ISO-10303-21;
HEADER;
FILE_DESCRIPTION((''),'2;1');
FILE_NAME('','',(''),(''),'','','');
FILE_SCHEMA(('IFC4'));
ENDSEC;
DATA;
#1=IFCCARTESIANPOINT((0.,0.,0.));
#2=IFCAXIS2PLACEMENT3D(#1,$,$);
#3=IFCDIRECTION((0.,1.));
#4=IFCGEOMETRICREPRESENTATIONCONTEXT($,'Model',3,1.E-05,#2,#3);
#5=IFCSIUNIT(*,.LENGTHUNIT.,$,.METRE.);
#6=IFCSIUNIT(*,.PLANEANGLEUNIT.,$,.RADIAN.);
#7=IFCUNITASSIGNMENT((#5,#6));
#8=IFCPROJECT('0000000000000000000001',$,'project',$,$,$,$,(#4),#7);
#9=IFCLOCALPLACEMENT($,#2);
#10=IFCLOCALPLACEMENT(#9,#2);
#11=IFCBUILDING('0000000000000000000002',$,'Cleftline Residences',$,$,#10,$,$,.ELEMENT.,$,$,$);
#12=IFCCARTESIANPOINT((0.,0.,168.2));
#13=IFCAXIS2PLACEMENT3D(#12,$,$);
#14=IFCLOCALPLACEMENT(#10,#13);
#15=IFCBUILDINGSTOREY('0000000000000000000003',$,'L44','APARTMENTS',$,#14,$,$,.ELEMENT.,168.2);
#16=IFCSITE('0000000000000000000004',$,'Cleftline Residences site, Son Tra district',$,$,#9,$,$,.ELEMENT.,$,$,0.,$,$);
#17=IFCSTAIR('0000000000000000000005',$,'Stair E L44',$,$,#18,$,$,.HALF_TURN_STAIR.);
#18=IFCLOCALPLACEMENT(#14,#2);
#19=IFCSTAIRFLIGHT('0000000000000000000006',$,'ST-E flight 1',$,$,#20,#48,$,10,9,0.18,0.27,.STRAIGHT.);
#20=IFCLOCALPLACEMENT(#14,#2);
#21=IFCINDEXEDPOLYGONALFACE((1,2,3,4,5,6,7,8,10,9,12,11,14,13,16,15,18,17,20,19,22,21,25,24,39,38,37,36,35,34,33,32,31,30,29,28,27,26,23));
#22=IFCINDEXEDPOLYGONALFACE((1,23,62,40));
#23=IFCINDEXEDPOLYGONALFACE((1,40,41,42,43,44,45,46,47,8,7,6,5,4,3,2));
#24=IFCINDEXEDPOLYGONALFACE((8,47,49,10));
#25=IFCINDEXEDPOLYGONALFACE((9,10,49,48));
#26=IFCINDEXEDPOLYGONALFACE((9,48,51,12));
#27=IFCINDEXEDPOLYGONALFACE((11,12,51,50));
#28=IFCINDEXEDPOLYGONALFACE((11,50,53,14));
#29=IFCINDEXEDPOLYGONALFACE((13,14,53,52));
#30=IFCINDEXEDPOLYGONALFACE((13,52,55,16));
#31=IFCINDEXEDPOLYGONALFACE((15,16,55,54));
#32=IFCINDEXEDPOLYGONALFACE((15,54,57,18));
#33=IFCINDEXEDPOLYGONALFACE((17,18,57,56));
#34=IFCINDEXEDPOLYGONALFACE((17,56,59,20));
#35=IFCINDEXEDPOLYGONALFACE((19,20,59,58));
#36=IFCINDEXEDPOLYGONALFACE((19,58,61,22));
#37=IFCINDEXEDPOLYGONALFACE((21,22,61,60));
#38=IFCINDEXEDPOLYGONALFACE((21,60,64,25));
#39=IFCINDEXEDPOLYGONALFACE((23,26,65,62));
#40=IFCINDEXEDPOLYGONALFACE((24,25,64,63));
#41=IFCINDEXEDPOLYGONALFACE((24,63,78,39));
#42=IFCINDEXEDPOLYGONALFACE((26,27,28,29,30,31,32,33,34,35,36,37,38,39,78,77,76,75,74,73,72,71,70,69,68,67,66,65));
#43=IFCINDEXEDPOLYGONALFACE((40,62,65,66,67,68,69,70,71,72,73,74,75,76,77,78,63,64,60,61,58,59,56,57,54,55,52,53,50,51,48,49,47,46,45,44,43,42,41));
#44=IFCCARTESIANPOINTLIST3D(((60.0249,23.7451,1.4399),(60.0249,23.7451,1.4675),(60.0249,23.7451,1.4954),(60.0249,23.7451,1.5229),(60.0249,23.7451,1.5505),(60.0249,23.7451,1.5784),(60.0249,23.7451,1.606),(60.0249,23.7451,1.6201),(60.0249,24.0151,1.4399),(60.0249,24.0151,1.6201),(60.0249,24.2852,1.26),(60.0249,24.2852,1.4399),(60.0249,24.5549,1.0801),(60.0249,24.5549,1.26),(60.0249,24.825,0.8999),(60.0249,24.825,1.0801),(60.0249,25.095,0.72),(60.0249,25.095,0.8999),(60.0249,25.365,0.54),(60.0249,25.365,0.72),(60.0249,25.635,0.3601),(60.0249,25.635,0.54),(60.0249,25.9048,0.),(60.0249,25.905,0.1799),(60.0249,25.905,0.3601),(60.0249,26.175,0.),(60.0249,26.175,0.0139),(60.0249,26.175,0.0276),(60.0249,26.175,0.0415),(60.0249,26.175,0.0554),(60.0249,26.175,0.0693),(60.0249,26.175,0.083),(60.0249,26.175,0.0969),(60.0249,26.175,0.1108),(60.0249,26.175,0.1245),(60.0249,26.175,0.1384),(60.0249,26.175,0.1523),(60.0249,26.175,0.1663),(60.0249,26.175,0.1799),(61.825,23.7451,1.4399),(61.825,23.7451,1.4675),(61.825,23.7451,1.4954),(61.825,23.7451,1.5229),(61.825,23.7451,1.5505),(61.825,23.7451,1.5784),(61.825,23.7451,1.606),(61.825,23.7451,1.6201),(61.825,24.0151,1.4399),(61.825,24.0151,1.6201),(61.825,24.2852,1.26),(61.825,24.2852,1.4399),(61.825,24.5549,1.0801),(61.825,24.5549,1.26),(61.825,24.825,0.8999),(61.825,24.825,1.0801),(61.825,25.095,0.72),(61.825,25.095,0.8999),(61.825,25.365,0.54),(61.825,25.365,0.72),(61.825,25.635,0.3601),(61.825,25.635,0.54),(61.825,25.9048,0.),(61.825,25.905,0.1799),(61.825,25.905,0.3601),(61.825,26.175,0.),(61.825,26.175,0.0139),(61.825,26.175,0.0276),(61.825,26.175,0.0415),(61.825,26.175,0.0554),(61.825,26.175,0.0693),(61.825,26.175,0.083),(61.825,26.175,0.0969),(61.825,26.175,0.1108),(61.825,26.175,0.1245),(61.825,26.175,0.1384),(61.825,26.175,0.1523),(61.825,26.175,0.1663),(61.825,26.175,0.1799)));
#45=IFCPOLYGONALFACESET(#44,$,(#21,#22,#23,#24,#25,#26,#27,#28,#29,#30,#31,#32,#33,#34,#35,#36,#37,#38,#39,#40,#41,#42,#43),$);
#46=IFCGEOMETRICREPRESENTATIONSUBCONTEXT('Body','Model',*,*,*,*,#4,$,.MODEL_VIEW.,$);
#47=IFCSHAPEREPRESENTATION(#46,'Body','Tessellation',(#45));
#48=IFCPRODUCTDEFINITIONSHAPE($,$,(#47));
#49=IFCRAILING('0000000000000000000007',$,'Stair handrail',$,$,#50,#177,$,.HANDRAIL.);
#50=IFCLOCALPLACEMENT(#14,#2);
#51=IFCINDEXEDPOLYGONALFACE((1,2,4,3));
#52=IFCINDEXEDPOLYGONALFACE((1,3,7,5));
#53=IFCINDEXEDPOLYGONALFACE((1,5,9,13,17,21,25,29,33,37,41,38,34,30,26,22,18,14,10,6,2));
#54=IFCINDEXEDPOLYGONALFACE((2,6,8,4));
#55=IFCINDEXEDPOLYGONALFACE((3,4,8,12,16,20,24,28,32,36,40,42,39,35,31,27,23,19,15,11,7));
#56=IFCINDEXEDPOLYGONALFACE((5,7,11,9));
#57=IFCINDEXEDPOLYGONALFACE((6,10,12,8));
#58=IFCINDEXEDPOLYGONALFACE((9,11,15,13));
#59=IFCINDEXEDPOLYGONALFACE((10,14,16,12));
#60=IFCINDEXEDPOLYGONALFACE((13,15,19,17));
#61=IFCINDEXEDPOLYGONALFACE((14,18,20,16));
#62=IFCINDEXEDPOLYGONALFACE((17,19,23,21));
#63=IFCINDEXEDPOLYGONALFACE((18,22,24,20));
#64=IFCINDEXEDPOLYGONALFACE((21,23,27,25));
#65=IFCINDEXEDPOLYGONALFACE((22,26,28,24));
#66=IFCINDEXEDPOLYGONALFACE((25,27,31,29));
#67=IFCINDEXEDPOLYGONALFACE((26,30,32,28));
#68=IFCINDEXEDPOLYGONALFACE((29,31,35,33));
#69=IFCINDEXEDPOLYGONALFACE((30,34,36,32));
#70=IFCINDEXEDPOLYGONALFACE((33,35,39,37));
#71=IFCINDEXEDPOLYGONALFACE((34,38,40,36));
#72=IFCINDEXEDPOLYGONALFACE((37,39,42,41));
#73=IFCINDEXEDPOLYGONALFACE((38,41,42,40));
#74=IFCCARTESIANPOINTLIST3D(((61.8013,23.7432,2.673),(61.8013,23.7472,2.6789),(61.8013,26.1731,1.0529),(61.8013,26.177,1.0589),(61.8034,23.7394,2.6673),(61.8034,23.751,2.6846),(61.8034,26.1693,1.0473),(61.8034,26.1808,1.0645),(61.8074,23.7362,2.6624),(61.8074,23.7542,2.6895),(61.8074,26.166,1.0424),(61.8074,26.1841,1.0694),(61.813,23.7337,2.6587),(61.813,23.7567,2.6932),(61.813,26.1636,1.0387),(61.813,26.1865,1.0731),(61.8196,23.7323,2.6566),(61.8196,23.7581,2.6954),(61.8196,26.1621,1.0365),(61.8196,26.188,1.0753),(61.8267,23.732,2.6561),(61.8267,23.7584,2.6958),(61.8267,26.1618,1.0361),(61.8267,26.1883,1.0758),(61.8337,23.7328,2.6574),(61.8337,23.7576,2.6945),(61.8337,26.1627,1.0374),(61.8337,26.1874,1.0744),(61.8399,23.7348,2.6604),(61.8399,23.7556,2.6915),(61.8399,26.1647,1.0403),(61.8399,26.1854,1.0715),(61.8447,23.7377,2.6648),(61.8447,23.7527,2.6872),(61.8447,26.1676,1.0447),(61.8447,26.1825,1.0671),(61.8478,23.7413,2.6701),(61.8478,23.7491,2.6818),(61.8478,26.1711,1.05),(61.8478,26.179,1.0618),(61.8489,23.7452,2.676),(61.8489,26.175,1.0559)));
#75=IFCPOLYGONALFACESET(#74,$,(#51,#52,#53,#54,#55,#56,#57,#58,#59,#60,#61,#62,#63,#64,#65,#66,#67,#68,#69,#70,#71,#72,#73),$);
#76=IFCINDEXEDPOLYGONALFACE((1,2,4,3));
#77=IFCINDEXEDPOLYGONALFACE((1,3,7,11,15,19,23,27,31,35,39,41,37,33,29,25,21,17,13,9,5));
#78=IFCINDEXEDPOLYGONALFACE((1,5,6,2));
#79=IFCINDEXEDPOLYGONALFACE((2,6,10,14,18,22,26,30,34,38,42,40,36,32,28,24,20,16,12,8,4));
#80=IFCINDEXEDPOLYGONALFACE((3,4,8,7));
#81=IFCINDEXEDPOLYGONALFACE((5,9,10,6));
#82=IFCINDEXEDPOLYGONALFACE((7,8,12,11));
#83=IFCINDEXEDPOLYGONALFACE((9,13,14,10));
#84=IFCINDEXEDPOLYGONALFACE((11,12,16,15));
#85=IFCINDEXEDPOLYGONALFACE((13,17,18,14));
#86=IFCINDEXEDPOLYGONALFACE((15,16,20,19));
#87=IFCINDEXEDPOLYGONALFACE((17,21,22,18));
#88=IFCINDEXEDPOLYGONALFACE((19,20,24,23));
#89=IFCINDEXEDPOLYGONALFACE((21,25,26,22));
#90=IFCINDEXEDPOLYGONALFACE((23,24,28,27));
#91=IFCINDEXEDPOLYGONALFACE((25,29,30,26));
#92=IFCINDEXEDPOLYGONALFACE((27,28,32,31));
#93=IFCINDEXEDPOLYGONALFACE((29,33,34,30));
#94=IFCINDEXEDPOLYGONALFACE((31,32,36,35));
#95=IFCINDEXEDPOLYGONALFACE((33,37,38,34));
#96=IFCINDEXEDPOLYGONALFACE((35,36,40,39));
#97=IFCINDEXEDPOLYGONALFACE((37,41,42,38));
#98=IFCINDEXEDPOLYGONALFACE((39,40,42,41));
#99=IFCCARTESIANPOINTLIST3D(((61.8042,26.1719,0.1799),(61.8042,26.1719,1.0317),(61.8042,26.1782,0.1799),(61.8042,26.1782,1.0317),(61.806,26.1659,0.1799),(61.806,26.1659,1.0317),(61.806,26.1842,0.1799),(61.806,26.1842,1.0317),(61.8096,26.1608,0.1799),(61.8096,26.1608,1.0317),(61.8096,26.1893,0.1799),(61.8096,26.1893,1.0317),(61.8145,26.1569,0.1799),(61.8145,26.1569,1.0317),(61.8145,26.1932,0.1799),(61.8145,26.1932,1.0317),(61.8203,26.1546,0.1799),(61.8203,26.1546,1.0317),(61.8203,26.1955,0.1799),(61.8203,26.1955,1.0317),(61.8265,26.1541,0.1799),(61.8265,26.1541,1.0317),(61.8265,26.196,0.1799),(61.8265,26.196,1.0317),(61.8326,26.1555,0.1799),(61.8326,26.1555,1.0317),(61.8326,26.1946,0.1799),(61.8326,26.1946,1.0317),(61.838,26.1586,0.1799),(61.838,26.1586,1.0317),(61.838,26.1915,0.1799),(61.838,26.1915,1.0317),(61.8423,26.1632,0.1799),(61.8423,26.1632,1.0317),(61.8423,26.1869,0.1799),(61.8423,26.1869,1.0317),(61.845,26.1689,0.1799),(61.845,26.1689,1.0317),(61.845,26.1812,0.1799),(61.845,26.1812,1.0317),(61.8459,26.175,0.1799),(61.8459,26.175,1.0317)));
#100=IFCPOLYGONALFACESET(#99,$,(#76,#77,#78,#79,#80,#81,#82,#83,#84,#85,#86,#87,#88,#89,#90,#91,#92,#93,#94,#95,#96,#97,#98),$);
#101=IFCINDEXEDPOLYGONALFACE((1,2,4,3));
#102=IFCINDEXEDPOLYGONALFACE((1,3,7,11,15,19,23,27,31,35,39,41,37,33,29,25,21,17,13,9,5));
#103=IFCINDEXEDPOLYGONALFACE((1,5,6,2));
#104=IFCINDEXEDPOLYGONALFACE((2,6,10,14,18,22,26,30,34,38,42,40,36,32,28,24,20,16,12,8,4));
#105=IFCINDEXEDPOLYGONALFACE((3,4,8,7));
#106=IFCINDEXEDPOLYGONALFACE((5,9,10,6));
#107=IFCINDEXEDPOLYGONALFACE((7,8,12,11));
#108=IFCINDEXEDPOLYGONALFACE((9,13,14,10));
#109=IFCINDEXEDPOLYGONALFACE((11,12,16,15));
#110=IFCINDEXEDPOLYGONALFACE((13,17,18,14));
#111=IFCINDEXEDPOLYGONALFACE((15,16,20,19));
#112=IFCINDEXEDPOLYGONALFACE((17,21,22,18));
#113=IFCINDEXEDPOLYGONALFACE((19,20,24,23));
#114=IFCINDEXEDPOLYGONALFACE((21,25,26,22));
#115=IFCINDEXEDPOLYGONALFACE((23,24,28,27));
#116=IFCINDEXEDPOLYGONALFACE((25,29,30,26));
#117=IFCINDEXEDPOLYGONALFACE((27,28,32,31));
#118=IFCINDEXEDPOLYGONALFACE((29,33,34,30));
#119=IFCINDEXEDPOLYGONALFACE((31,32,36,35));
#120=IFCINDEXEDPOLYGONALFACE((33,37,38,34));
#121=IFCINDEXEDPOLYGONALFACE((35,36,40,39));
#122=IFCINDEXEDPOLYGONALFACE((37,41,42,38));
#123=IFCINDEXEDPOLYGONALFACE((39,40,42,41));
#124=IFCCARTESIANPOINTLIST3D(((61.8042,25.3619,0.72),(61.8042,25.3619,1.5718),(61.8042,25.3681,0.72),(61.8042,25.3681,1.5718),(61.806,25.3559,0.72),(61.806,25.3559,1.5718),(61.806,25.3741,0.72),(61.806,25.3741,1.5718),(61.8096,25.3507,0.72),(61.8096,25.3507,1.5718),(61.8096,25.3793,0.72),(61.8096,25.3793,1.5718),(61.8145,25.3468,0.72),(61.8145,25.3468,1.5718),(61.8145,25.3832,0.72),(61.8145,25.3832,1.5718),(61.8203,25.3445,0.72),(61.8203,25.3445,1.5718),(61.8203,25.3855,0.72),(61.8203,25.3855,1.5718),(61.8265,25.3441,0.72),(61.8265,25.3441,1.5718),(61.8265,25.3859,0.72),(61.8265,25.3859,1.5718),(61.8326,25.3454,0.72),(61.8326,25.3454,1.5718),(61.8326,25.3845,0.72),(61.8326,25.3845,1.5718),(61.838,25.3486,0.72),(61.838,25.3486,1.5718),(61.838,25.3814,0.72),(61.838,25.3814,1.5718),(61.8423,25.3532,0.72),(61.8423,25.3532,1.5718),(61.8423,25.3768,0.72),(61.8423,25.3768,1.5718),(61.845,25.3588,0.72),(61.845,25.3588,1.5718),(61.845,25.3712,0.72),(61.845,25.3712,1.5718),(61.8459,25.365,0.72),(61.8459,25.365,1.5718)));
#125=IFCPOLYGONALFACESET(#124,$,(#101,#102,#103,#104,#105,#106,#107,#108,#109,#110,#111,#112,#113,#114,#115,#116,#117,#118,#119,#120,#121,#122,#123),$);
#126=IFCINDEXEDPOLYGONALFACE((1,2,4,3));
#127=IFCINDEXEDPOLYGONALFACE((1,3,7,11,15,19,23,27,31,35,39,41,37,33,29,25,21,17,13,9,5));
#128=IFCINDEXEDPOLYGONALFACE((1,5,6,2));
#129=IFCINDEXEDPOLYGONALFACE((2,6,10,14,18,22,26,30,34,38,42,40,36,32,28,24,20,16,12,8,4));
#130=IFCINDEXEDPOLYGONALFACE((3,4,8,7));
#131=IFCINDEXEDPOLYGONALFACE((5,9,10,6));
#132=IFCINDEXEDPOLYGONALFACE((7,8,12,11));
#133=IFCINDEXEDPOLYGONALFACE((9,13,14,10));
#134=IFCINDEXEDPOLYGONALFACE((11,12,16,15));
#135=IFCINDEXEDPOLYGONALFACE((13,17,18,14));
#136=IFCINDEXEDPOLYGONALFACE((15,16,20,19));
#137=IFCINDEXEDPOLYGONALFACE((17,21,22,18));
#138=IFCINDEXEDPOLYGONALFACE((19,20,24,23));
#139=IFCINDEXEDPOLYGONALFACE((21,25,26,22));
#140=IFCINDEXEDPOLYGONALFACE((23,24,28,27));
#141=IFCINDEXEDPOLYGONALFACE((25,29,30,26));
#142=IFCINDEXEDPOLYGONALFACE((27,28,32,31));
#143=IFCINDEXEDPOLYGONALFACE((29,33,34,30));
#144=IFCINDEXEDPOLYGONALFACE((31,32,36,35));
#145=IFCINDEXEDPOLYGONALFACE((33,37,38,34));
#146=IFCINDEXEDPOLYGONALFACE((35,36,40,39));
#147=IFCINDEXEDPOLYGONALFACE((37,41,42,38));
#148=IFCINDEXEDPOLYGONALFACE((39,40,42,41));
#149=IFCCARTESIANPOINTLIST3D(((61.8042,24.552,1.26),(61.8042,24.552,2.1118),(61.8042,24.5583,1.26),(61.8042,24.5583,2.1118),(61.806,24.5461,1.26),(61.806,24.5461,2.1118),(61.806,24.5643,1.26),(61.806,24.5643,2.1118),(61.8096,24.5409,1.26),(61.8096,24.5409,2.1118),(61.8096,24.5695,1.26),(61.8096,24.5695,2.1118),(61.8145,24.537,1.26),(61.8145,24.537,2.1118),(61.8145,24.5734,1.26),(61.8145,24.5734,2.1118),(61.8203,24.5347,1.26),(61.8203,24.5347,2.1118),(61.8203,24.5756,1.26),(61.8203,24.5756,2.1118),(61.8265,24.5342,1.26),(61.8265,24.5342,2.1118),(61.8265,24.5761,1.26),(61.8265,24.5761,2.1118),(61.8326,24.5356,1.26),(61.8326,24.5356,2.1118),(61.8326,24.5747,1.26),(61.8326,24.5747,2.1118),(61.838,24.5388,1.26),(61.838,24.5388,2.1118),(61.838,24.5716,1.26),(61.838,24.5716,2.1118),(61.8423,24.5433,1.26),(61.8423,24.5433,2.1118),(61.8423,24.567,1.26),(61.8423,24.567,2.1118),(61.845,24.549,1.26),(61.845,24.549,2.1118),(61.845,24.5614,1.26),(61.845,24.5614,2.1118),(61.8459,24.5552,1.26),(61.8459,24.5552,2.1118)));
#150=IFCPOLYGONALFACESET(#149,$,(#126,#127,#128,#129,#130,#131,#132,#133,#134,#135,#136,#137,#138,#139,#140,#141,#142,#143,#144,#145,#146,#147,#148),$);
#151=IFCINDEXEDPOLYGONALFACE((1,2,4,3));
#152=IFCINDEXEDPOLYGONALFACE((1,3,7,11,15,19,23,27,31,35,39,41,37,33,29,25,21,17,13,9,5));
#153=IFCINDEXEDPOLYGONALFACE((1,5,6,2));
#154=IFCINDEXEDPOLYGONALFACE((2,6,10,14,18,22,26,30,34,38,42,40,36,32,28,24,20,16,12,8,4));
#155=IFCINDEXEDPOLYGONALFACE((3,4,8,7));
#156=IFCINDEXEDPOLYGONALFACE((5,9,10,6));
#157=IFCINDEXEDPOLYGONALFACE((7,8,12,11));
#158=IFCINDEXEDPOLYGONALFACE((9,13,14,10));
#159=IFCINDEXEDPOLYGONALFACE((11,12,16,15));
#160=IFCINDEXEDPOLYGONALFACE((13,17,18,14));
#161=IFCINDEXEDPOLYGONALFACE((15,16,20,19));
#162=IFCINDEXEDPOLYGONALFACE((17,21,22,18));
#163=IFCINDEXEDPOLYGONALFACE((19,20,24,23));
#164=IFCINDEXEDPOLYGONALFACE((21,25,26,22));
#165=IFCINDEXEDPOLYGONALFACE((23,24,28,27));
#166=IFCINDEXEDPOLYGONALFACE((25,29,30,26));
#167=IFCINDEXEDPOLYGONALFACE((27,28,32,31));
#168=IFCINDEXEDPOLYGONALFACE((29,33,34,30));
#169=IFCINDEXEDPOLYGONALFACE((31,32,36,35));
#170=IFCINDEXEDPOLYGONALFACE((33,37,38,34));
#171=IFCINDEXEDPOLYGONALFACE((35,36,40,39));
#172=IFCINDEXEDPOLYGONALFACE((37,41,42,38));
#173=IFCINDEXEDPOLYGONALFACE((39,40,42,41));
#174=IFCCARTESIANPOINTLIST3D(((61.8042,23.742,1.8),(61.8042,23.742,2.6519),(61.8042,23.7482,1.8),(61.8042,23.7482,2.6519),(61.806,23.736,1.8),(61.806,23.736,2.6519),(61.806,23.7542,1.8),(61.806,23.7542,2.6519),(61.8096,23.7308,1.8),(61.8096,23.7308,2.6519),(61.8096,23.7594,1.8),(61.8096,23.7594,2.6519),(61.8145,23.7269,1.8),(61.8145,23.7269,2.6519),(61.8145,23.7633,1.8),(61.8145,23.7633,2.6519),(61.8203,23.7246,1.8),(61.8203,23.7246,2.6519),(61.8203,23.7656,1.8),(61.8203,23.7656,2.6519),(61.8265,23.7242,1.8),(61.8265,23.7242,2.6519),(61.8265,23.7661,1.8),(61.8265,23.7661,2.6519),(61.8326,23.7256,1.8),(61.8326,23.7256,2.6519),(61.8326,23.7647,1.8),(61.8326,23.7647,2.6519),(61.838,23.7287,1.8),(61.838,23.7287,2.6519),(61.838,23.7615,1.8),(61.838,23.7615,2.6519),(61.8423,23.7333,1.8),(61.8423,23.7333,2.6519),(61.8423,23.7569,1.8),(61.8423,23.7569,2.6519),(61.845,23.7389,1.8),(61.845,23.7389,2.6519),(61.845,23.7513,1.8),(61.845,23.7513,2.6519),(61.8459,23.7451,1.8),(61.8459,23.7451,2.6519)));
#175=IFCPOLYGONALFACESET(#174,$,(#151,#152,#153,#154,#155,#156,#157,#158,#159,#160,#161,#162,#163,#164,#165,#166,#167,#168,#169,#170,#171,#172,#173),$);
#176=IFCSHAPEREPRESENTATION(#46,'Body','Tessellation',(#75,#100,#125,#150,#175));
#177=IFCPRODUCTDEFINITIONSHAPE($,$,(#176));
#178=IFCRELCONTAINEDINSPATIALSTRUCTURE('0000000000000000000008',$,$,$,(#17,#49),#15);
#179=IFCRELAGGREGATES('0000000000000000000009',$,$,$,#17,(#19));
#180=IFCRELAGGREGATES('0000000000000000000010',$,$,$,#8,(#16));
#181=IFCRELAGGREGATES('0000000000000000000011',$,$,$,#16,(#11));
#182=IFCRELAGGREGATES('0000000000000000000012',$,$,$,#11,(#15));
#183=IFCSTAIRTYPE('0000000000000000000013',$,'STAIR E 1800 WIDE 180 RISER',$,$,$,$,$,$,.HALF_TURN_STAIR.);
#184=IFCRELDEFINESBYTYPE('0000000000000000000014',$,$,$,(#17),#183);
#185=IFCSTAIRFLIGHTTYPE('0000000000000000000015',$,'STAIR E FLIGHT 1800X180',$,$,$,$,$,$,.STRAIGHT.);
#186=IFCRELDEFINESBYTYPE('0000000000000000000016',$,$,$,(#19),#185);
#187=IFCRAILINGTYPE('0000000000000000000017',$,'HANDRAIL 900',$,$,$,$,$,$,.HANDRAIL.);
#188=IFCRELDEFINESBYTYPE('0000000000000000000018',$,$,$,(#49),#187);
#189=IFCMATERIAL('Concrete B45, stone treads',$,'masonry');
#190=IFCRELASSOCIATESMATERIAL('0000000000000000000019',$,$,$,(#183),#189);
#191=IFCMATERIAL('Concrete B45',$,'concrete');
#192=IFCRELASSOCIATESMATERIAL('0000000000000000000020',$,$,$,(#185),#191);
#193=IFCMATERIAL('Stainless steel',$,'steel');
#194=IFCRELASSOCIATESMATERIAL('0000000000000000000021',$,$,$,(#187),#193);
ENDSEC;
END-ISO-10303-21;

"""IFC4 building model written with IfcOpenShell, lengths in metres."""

from ifc_helpers import new_model, si_unit, direction, frame, origin, origin_2d, place, context, subcontext, project, spatial, polyline, circle, outline, extrude, material, type_object, element, aggregate, save


model = new_model("IFC4")

# Units and contexts
model_context = context("Model", 3, precision=1e-05, world=origin(), true_north=direction((0.0, 1.0)))
body_context = subcontext(model_context, "Body", "Model", "MODEL_VIEW")
ifc_project = project(units=[si_unit("LENGTHUNIT", "METRE"), si_unit("PLANEANGLEUNIT", "RADIAN")], contexts=[model_context])

# Site, building, storey
site_placement = place(None, origin())
site = spatial("IfcSite", under=ifc_project, at=site_placement, Name="Cleftline Residences site, Son Tra district", CompositionType="ELEMENT", RefElevation=0.0)
building_placement = place(site_placement, origin())
building = spatial("IfcBuilding", under=site, at=building_placement, Name="Cleftline Residences", CompositionType="ELEMENT")
storey_placement = place(building_placement, frame((0.0, 0.0, 168.2)))
storey = spatial("IfcBuildingStorey", under=building, at=storey_placement, Name="L44", Description="APARTMENTS", CompositionType="ELEMENT", Elevation=168.2)

# Stair, stair flight
ifc_material_1 = material(Name="Concrete B45, stone treads", Category="masonry")
stair_type = type_object("IfcStairType", Name="STAIR E 1800 WIDE 180 RISER", PredefinedType="HALF_TURN_STAIR", material=ifc_material_1)
stair_placement = place(storey_placement, origin())
stair = element("IfcStair", 1, at=stair_placement, inside=storey, type_object=stair_type, Name="Stair E L44", PredefinedType="HALF_TURN_STAIR")
ifc_material_2 = material(Name="Concrete B45", Category="concrete")
stair_flight_type = type_object("IfcStairFlightType", Name="STAIR E FLIGHT 1800X180", PredefinedType="STRAIGHT", material=ifc_material_2)
stair_flight_placement = place(storey_placement, frame((60.925, 26.175, 0.0), z_axis=(0.0, 0.0, 1.0), x_axis=(0.0, -1.0, 0.0)))
stair_flight = element("IfcStairFlight", 2, at=stair_flight_placement, type_object=stair_flight_type, Name="ST-E flight 1", NumberOfRisers=10, NumberOfTreads=9, PredefinedType="STRAIGHT", RiserHeight=0.18, TreadLength=0.27, context=body_context, shape_type="SweptSolid", body=[
    extrude(outline(polyline([(0.0, 0.0), (0.0, 0.0139), (0.0, 0.0276), (0.0, 0.0415), (0.0, 0.0554), (0.0, 0.0693), (0.0, 0.083), (0.0, 0.0969), (0.0, 0.1108), (0.0, 0.1245), (0.0, 0.1384), (0.0, 0.1523), (0.0, 0.1663), (0.0, 0.1799), (0.27, 0.1799), (0.27, 0.3601), (0.54, 0.3601), (0.54, 0.54), (0.8101, 0.54), (0.8101, 0.72), (1.0801, 0.72), (1.0801, 0.8999), (1.3501, 0.8999), (1.3501, 1.0801), (1.6201, 1.0801), (1.6201, 1.26), (1.8899, 1.26), (1.8899, 1.4399), (2.1599, 1.4399), (2.1599, 1.6201), (2.4299, 1.6201), (2.4299, 1.8), (2.4299, 1.7722), (2.4299, 1.7446), (2.4299, 1.7168), (2.4299, 1.6892), (2.4299, 1.6614), (2.4299, 1.6338), (2.4299, 1.606), (2.4299, 1.5784), (2.4299, 1.5505), (2.4299, 1.5229), (2.4299, 1.4954), (2.4299, 1.4675), (2.4299, 1.4399), (0.2703, 0.0), (0.0, 0.0)])), frame((0.0, 0.8999, 0.0), z_axis=(0.0, -1.0, 0.0), x_axis=(1.0, 0.0, 0.0)), (0.0, 0.0, 1.0), 1.8),
])
aggregate(stair, [stair_flight])

# Railing
ifc_material_3 = material(Name="Stainless steel", Category="steel")
railing_type = type_object("IfcRailingType", Name="HANDRAIL 900", PredefinedType="HANDRAIL", material=ifc_material_3)
railing_placement = place(storey_placement, frame((61.825, 26.175, 0.1799)))
element("IfcRailing", 3, at=railing_placement, inside=storey, type_object=railing_type, Name="Stair handrail", PredefinedType="HANDRAIL", context=body_context, shape_type="SweptSolid", body=[
    extrude(circle(Radius=0.0239, at=origin_2d()), frame((0.0, 0.0, 0.876), z_axis=(0.0, -0.832025, 0.554739), x_axis=(1.0, 0.0, 0.0)), (0.0, 0.0, 1.0), 2.9204),
    extrude(circle(Radius=0.021, at=origin_2d()), origin(), (0.0, 0.0, 1.0), 0.8518),
    extrude(circle(Radius=0.021, at=origin_2d()), frame((0.0, -0.8101, 0.54)), (0.0, 0.0, 1.0), 0.8518),
    extrude(circle(Radius=0.021, at=origin_2d()), frame((0.0, -1.6199, 1.0801)), (0.0, 0.0, 1.0), 0.8518),
    extrude(circle(Radius=0.021, at=origin_2d()), frame((0.0, -2.4299, 1.6201)), (0.0, 0.0, 1.0), 0.8518),
])

save(model, "model.ifc")
